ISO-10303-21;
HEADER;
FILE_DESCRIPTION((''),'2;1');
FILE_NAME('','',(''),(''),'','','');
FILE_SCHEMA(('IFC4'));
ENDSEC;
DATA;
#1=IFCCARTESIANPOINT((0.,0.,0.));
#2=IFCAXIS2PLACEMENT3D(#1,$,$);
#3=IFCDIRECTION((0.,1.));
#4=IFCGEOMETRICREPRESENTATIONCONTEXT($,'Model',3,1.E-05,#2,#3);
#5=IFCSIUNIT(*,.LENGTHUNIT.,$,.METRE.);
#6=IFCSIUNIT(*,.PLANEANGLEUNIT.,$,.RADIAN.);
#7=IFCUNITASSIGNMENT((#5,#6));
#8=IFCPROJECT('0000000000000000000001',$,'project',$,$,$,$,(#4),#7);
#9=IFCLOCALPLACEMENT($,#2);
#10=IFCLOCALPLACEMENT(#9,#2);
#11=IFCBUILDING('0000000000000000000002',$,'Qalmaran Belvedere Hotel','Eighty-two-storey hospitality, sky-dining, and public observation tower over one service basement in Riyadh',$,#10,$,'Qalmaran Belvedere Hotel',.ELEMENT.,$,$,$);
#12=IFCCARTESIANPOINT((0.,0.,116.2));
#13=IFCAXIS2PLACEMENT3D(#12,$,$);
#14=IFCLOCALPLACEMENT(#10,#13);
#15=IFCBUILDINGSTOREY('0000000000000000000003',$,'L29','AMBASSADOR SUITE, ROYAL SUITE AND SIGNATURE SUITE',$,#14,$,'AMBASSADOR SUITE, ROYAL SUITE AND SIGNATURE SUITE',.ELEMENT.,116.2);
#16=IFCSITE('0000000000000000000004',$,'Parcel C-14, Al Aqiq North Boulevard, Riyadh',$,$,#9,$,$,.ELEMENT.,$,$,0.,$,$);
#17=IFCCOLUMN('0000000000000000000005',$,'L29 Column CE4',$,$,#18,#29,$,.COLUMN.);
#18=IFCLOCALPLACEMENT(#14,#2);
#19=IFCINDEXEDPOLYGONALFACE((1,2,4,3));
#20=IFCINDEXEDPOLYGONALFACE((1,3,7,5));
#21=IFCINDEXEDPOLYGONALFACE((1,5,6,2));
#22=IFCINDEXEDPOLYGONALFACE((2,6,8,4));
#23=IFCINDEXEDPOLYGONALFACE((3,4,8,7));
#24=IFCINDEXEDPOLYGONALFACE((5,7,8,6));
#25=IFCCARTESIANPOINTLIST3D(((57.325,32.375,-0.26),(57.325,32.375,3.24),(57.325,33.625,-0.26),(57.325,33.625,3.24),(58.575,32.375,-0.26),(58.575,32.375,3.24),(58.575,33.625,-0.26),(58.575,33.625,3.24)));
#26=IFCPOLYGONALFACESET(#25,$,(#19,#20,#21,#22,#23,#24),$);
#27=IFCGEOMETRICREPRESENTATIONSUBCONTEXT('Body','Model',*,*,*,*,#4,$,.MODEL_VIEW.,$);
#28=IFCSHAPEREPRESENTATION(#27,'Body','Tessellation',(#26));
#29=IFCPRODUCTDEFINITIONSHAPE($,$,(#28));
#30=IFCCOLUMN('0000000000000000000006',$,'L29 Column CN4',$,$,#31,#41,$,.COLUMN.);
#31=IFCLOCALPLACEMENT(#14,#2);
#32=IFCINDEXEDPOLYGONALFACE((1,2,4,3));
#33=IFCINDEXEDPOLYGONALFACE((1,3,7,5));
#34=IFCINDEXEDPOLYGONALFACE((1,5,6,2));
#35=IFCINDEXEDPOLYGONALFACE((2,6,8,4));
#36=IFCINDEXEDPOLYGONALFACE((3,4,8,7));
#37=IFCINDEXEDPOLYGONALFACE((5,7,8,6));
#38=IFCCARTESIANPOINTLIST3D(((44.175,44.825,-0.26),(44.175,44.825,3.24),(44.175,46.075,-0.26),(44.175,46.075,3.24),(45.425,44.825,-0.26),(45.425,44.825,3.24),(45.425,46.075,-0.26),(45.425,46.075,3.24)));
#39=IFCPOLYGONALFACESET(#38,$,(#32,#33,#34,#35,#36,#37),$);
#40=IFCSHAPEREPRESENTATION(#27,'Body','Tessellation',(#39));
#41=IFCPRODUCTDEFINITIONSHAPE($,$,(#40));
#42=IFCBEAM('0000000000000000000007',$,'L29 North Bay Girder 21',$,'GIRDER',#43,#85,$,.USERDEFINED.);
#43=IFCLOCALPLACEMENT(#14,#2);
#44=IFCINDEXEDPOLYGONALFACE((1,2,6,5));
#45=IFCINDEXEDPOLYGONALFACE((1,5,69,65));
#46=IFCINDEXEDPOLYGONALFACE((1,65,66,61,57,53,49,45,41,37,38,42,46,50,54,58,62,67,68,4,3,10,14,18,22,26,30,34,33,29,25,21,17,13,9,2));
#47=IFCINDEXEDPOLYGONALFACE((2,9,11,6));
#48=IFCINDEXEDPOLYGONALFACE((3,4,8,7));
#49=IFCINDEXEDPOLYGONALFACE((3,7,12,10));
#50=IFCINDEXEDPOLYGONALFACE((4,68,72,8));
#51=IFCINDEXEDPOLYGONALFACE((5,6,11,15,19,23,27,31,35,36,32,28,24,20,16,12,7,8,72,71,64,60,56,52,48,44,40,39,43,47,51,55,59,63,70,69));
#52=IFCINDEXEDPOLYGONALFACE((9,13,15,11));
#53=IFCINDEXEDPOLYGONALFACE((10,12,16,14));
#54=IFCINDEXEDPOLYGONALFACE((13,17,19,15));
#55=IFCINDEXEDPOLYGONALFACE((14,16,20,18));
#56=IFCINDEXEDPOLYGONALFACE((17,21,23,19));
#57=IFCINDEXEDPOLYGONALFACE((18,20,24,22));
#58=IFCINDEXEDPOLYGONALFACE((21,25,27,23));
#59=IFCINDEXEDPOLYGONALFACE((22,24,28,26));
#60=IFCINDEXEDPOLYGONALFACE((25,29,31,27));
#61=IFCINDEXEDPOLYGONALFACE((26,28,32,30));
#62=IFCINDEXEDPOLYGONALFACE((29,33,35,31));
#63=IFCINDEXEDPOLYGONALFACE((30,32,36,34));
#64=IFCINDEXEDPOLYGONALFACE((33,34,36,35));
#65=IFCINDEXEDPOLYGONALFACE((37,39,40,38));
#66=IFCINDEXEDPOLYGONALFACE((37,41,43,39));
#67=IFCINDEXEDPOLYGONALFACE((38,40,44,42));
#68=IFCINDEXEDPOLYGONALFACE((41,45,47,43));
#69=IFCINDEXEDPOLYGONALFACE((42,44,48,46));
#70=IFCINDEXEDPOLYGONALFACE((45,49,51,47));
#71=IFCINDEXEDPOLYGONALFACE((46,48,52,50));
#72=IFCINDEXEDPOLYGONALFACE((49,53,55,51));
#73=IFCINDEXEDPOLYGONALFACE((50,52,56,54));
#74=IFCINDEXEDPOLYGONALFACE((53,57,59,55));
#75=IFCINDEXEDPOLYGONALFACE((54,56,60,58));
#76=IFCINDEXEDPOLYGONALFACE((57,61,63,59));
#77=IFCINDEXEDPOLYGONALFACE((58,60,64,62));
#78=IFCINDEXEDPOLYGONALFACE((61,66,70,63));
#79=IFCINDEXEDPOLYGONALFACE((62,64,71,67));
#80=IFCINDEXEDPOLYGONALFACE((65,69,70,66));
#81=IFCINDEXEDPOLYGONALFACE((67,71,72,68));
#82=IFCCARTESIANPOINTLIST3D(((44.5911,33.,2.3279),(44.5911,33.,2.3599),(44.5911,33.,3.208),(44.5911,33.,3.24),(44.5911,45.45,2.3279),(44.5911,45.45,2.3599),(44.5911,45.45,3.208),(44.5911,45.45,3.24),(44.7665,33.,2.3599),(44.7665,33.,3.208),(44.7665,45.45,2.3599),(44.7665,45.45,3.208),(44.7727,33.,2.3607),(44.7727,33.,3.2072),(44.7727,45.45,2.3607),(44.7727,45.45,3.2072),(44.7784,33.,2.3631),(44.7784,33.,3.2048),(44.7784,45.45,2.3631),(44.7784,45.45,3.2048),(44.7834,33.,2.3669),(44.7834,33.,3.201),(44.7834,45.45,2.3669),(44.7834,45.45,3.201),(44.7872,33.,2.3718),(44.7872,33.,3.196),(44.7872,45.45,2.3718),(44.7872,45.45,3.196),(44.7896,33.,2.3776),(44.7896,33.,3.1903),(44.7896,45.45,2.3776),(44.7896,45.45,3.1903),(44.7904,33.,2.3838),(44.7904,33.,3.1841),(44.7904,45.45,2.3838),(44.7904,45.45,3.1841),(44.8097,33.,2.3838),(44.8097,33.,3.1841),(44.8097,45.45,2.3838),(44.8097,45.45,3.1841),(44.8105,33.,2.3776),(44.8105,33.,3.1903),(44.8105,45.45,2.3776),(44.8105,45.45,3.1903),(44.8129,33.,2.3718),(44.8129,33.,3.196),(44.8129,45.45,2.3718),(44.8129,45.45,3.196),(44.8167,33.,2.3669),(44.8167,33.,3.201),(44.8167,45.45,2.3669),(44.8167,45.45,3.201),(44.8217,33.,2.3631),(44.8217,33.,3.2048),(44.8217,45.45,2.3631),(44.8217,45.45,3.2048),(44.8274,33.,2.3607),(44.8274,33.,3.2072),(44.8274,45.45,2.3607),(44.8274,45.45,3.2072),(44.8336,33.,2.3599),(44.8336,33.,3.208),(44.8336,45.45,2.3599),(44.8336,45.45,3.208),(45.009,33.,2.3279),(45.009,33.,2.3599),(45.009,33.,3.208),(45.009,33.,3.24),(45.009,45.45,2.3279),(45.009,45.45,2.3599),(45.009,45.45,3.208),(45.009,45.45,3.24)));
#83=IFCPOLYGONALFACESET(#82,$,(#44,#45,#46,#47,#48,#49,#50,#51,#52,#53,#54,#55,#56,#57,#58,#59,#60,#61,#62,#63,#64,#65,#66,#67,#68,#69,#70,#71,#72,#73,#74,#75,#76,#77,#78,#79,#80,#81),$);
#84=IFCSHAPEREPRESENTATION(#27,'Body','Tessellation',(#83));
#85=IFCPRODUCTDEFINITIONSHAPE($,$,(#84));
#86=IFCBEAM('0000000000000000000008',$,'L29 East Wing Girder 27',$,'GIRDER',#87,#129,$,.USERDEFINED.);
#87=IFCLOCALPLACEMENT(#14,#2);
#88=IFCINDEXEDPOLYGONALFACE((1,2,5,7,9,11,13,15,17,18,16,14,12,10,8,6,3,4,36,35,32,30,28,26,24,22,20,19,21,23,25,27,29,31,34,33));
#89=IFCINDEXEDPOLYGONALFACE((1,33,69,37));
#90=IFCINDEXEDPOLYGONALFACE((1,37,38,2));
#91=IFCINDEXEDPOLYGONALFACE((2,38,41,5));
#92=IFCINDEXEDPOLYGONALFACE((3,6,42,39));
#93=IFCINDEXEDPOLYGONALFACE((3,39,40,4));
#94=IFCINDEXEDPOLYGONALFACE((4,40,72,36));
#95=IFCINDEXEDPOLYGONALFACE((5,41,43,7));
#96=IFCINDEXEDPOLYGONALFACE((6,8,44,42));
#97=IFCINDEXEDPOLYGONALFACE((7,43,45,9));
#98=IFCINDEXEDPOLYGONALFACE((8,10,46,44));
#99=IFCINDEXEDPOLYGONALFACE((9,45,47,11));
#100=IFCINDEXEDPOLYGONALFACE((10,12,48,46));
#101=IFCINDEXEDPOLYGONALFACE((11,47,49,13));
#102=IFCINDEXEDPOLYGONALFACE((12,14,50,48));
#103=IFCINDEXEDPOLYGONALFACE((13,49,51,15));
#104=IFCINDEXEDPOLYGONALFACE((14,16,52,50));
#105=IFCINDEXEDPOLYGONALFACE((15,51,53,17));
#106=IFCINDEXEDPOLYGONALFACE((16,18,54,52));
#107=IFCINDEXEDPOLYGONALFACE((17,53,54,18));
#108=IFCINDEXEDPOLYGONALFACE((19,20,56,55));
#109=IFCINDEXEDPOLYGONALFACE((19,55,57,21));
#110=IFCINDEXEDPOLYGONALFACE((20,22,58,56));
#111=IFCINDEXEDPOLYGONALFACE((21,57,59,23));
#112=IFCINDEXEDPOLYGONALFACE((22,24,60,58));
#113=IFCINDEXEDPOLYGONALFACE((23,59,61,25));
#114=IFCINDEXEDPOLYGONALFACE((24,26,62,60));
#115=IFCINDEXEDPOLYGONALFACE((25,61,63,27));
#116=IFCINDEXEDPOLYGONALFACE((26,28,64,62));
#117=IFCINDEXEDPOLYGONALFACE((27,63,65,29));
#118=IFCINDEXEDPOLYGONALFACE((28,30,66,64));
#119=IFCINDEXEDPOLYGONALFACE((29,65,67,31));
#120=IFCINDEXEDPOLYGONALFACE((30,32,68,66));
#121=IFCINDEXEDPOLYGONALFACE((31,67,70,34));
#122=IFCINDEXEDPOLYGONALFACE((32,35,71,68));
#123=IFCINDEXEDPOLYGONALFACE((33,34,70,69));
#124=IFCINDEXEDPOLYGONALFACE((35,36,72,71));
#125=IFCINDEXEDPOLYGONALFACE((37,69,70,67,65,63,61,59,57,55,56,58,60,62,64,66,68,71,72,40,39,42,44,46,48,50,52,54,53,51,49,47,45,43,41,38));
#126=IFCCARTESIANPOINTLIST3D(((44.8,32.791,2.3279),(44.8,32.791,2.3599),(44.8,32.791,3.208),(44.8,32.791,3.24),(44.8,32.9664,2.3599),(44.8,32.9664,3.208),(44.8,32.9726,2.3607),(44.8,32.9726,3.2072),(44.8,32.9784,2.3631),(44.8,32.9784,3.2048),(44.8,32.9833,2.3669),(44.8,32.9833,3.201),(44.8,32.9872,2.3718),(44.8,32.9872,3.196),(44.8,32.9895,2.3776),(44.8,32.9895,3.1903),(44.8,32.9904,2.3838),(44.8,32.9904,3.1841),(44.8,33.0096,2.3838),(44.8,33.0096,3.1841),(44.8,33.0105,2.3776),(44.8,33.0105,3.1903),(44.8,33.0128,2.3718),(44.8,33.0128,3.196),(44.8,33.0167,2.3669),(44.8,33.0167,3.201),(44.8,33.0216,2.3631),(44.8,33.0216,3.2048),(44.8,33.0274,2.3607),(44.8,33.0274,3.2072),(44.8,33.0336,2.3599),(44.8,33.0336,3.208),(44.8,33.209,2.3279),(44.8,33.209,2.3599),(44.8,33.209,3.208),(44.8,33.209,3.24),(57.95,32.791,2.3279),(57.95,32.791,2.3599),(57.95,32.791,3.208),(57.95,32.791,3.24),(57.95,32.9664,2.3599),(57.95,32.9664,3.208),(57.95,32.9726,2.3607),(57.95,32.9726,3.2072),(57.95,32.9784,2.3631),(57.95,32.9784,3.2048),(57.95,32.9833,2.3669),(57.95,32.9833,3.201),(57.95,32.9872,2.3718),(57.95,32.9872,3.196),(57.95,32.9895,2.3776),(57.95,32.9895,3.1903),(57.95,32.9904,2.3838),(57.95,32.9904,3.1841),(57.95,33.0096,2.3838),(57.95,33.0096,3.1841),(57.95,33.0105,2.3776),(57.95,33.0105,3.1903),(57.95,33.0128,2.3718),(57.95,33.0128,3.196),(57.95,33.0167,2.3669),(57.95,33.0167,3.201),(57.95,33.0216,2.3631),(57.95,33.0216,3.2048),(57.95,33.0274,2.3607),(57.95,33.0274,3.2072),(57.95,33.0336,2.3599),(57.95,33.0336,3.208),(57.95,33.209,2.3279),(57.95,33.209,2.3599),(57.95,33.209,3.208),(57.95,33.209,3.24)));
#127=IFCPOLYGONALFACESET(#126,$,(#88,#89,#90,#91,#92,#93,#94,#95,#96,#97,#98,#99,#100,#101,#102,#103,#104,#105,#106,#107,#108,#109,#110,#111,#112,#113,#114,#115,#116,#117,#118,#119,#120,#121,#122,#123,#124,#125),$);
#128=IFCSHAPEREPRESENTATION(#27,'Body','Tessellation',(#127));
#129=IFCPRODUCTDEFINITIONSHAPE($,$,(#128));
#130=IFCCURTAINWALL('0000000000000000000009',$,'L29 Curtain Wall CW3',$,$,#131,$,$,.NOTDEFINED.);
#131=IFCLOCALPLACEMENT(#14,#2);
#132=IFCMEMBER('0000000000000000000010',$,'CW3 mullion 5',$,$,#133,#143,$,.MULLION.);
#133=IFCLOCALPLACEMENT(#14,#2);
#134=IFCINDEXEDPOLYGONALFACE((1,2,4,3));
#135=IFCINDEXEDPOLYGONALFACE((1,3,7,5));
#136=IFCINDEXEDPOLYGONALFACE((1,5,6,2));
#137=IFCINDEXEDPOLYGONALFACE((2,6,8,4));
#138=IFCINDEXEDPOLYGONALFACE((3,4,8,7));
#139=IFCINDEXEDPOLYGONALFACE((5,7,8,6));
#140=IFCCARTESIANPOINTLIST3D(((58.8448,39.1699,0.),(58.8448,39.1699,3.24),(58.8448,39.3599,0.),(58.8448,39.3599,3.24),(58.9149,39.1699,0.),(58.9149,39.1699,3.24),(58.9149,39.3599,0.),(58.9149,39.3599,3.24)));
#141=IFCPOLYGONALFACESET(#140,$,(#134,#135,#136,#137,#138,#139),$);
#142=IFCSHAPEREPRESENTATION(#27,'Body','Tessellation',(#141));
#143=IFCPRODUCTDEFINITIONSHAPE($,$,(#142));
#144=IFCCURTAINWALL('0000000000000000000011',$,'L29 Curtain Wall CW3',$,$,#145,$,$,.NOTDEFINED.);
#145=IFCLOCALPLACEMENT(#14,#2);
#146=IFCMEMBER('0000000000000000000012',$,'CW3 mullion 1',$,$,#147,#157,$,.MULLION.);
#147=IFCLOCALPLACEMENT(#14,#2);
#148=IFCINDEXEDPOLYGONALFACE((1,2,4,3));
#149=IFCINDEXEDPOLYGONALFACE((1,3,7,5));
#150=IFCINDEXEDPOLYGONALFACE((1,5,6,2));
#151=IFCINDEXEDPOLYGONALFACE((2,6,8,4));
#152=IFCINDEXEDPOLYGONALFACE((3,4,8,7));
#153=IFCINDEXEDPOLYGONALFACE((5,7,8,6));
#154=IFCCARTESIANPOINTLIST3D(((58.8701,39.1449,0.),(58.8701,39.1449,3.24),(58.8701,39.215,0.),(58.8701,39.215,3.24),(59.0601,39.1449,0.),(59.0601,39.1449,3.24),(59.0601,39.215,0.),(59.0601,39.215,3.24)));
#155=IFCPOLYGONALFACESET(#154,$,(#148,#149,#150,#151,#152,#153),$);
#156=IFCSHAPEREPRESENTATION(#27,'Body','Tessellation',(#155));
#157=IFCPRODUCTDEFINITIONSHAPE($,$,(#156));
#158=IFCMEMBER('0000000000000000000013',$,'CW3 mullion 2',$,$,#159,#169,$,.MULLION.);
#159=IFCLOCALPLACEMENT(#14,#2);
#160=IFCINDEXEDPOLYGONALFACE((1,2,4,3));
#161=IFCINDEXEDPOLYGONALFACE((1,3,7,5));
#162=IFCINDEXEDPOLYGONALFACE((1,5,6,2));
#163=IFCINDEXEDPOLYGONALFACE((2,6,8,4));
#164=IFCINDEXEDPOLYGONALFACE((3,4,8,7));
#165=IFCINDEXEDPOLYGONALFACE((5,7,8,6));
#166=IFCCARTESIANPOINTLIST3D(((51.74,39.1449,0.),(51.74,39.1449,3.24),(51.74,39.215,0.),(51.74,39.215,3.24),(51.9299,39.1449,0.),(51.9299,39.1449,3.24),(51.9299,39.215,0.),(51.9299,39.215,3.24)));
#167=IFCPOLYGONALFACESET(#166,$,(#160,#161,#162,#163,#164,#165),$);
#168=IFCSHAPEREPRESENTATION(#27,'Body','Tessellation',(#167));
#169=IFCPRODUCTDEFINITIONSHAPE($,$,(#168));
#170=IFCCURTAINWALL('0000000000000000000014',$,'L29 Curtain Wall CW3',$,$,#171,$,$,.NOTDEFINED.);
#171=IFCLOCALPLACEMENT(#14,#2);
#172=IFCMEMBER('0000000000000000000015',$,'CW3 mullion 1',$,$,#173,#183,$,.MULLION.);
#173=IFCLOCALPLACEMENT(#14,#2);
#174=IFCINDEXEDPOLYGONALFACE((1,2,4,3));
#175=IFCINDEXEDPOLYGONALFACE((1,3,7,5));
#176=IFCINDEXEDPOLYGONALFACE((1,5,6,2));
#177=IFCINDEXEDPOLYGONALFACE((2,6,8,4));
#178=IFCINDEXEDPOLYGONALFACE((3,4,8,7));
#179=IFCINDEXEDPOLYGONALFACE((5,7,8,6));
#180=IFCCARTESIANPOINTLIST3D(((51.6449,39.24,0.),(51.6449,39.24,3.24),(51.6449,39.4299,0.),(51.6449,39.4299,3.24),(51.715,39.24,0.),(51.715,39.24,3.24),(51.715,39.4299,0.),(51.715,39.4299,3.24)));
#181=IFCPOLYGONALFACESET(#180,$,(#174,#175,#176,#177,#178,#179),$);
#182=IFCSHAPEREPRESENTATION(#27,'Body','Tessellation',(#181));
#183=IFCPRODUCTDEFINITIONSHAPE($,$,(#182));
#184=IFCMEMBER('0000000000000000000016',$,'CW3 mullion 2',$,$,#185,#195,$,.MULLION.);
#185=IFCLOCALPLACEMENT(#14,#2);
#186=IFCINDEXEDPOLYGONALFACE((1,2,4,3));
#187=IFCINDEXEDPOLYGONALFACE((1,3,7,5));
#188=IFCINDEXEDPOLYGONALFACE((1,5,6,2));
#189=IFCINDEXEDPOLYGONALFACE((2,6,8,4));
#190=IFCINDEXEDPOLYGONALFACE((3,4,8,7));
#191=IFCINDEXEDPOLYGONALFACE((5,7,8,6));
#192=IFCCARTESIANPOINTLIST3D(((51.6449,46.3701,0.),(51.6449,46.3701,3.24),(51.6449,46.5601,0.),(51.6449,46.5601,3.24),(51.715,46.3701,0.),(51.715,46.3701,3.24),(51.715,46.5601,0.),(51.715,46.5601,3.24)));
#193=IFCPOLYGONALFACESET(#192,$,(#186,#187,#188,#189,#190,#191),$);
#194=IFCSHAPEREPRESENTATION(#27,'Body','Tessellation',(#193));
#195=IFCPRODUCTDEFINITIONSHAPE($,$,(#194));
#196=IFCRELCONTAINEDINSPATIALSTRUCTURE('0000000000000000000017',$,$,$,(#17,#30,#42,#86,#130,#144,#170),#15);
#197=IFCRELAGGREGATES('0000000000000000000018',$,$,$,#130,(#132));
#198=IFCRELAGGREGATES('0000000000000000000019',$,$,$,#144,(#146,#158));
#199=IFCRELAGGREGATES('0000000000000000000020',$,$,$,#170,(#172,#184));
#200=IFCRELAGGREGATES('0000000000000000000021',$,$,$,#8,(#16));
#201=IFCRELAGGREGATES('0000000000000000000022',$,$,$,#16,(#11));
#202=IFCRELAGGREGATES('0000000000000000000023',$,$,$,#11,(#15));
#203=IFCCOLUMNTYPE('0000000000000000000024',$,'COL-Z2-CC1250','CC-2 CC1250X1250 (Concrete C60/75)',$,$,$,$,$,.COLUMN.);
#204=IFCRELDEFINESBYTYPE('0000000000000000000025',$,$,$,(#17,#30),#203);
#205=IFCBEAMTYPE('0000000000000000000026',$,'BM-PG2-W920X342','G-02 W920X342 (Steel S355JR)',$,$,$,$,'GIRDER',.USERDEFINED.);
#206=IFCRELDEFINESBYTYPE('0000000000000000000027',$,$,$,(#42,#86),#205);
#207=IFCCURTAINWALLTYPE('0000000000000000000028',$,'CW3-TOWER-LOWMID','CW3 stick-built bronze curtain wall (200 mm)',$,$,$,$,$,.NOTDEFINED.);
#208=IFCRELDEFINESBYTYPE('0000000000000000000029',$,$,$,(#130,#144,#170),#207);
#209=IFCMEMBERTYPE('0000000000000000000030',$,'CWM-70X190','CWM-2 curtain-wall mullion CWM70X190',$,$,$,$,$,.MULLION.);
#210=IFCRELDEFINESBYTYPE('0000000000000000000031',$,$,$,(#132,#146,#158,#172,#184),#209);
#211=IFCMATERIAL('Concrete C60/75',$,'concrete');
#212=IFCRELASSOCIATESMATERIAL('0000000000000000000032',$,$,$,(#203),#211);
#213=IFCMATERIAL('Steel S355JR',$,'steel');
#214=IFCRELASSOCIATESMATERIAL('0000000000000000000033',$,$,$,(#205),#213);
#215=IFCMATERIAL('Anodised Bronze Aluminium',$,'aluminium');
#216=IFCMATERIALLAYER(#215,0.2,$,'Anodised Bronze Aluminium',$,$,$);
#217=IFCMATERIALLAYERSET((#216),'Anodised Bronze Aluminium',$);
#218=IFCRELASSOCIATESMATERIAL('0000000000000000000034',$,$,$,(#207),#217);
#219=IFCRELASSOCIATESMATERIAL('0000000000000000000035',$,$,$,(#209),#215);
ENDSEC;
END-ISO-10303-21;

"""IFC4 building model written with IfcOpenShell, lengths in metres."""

from ifc_helpers import new_model, si_unit, direction, frame, origin, origin_2d, place, context, subcontext, project, spatial, rectangle, i_section, extrude, material, layer, layer_set, material_profile, profile_set, type_object, element, aggregate, save


model = new_model("IFC4")

# Units and contexts
model_context = context("Model", 3, precision=1e-05, world=origin(), true_north=direction((0.0, 1.0)))
body_context = subcontext(model_context, "Body", "Model", "MODEL_VIEW")
ifc_project = project(units=[si_unit("LENGTHUNIT", "METRE"), si_unit("PLANEANGLEUNIT", "RADIAN")], contexts=[model_context])

# Site, building, storey
site_placement = place(None, origin())
site = spatial("IfcSite", under=ifc_project, at=site_placement, Name="Parcel C-14, Al Aqiq North Boulevard, Riyadh", CompositionType="ELEMENT", RefElevation=0.0)
building_placement = place(site_placement, origin())
building = spatial("IfcBuilding", under=site, at=building_placement, Name="Qalmaran Belvedere Hotel", Description="Eighty-two-storey hospitality, sky-dining, and public observation tower over one service basement in Riyadh", LongName="Qalmaran Belvedere Hotel", CompositionType="ELEMENT")
storey_placement = place(building_placement, frame((0.0, 0.0, 116.2)))
storey = spatial("IfcBuildingStorey", under=building, at=storey_placement, Name="L29", Description="AMBASSADOR SUITE, ROYAL SUITE AND SIGNATURE SUITE", LongName="AMBASSADOR SUITE, ROYAL SUITE AND SIGNATURE SUITE", CompositionType="ELEMENT", Elevation=116.2)

# Columns
ifc_material_1 = material(Name="Concrete C60/75", Category="concrete")
ifc_material_profile_1 = material_profile(ifc_material_1, rectangle(XDim=1.25, YDim=1.25, at=origin_2d()), Name="CC1250X1250")
ifc_profile_set_1 = profile_set([ifc_material_profile_1], Name="Concrete C60/75")
column_type = type_object("IfcColumnType", Name="COL-Z2-CC1250", Description="CC-2 CC1250X1250 (Concrete C60/75)", PredefinedType="COLUMN", material=ifc_profile_set_1)
for number, where, z_axis, x_axis, name in (
    (1, (57.95, 33.0, -0.26), (0.0, 0.0, 1.0), (1.0, 0.0, 0.0), "L29 Column CE4"),
    (2, (44.8, 45.45, -0.26), (0.0, 0.0, 1.0), (1.0, 0.0, 0.0), "L29 Column CN4"),
):
    element("IfcColumn", number, at=place(storey_placement, frame(where, z_axis=z_axis, x_axis=x_axis)), inside=storey, type_object=column_type, Name=name, PredefinedType="COLUMN", context=body_context, shape_type="SweptSolid", body=[
        extrude(rectangle(XDim=1.25, YDim=1.25, at=origin_2d()), origin(), (0.0, 0.0, 1.0), 3.5),
    ])

# Beams
ifc_material_2 = material(Name="Steel S355JR", Category="steel")
ifc_material_profile_2 = material_profile(ifc_material_2, i_section(OverallWidth=0.418, OverallDepth=0.9121, WebThickness=0.0193, FlangeThickness=0.032, FilletRadius=0.0239, at=origin_2d()), Name="W920X342")
ifc_profile_set_2 = profile_set([ifc_material_profile_2], Name="Steel S355JR")
beam_type = type_object("IfcBeamType", Name="BM-PG2-W920X342", Description="G-02 W920X342 (Steel S355JR)", ElementType="GIRDER", PredefinedType="USERDEFINED", material=ifc_profile_set_2)
beam_1_placement = place(storey_placement, frame((44.8, 33.0, 2.7839), z_axis=(0.0, 1.0, 0.0), x_axis=(-1.0, 0.0, 0.0)))
element("IfcBeam", 3, at=beam_1_placement, inside=storey, type_object=beam_type, Name="L29 North Bay Girder 21", ObjectType="GIRDER", PredefinedType="USERDEFINED", context=body_context, shape_type="SweptSolid", body=[
    extrude(i_section(OverallWidth=0.418, OverallDepth=0.9121, WebThickness=0.0193, FlangeThickness=0.032, FilletRadius=0.0239, at=origin_2d()), origin(), (0.0, 0.0, 1.0), 12.45),
])
beam_2_placement = place(storey_placement, frame((44.8, 33.0, 2.7839), z_axis=(1.0, 0.0, 0.0), x_axis=(0.0, 1.0, 0.0)))
element("IfcBeam", 4, at=beam_2_placement, inside=storey, type_object=beam_type, Name="L29 East Wing Girder 27", ObjectType="GIRDER", PredefinedType="USERDEFINED", context=body_context, shape_type="SweptSolid", body=[
    extrude(i_section(OverallWidth=0.418, OverallDepth=0.9121, WebThickness=0.0193, FlangeThickness=0.032, FilletRadius=0.0239, at=origin_2d()), origin(), (0.0, 0.0, 1.0), 13.1499),
])

# Curtain wall, member
ifc_material_3 = material(Name="Anodised Bronze Aluminium", Category="aluminium")
ifc_layer_1 = layer(ifc_material_3, 0.2, Name="Anodised Bronze Aluminium")
ifc_layer_set_1 = layer_set([ifc_layer_1], Name="Anodised Bronze Aluminium")
curtain_wall_type = type_object("IfcCurtainWallType", Name="CW3-TOWER-LOWMID", Description="CW3 stick-built bronze curtain wall (200 mm)", PredefinedType="NOTDEFINED", material=ifc_layer_set_1)
curtain_wall_1_placement = place(storey_placement, origin())
curtain_wall_1 = element("IfcCurtainWall", 5, at=curtain_wall_1_placement, inside=storey, type_object=curtain_wall_type, Name="L29 Curtain Wall CW3", PredefinedType="NOTDEFINED")
ifc_material_profile_3 = material_profile(ifc_material_3, rectangle(XDim=0.0701, YDim=0.1899, at=origin_2d()), Name="CWM70X190")
ifc_profile_set_3 = profile_set([ifc_material_profile_3], Name="Anodised Bronze Aluminium")
member_type_1 = type_object("IfcMemberType", Name="CWM-70X190", Description="CWM-2 curtain-wall mullion CWM70X190", PredefinedType="MULLION", material=ifc_profile_set_3)
member_1_placement = place(storey_placement, frame((58.8799, 39.2649, 0.0), z_axis=(0.0, 0.0, 1.0), x_axis=(-1.0, 0.0, 0.0)))
member_1 = element("IfcMember", 6, at=member_1_placement, type_object=member_type_1, Name="CW3 mullion 5", PredefinedType="MULLION", context=body_context, shape_type="SweptSolid", body=[
    extrude(rectangle(XDim=0.0701, YDim=0.1899, at=origin_2d()), origin(), (0.0, 0.0, 1.0), 3.24),
])

# Curtain walls, members
curtain_wall_2_placement = place(storey_placement, origin())
curtain_wall_2 = element("IfcCurtainWall", 7, at=curtain_wall_2_placement, inside=storey, type_object=curtain_wall_type, Name="L29 Curtain Wall CW3", PredefinedType="NOTDEFINED")
member_2_placement = place(storey_placement, frame((58.9651, 39.1799, 0.0), z_axis=(0.0, 0.0, 1.0), x_axis=(0.0, -1.0, 0.0)))
member_2 = element("IfcMember", 8, at=member_2_placement, type_object=member_type_1, Name="CW3 mullion 1", PredefinedType="MULLION", context=body_context, shape_type="SweptSolid", body=[
    extrude(rectangle(XDim=0.0701, YDim=0.1899, at=origin_2d()), origin(), (0.0, 0.0, 1.0), 3.24),
])
member_3_placement = place(storey_placement, frame((51.835, 39.1799, 0.0), z_axis=(0.0, 0.0, 1.0), x_axis=(0.0, -1.0, 0.0)))
member_3 = element("IfcMember", 9, at=member_3_placement, type_object=member_type_1, Name="CW3 mullion 2", PredefinedType="MULLION", context=body_context, shape_type="SweptSolid", body=[
    extrude(rectangle(XDim=0.0701, YDim=0.1899, at=origin_2d()), origin(), (0.0, 0.0, 1.0), 3.24),
])
curtain_wall_3_placement = place(storey_placement, origin())
curtain_wall_3 = element("IfcCurtainWall", 10, at=curtain_wall_3_placement, inside=storey, type_object=curtain_wall_type, Name="L29 Curtain Wall CW3", PredefinedType="NOTDEFINED")
member_4_placement = place(storey_placement, frame((51.6799, 39.335, 0.0), z_axis=(0.0, 0.0, 1.0), x_axis=(-1.0, 0.0, 0.0)))
member_4 = element("IfcMember", 11, at=member_4_placement, type_object=member_type_1, Name="CW3 mullion 1", PredefinedType="MULLION", context=body_context, shape_type="SweptSolid", body=[
    extrude(rectangle(XDim=0.0701, YDim=0.1899, at=origin_2d()), origin(), (0.0, 0.0, 1.0), 3.24),
])
member_5_placement = place(storey_placement, frame((51.6799, 46.4651, 0.0), z_axis=(0.0, 0.0, 1.0), x_axis=(-1.0, 0.0, 0.0)))
member_5 = element("IfcMember", 12, at=member_5_placement, type_object=member_type_1, Name="CW3 mullion 2", PredefinedType="MULLION", context=body_context, shape_type="SweptSolid", body=[
    extrude(rectangle(XDim=0.0701, YDim=0.1899, at=origin_2d()), origin(), (0.0, 0.0, 1.0), 3.24),
])

aggregate(curtain_wall_1, [member_1])
aggregate(curtain_wall_2, [member_2, member_3])
aggregate(curtain_wall_3, [member_4, member_5])

save(model, "model.ifc")
